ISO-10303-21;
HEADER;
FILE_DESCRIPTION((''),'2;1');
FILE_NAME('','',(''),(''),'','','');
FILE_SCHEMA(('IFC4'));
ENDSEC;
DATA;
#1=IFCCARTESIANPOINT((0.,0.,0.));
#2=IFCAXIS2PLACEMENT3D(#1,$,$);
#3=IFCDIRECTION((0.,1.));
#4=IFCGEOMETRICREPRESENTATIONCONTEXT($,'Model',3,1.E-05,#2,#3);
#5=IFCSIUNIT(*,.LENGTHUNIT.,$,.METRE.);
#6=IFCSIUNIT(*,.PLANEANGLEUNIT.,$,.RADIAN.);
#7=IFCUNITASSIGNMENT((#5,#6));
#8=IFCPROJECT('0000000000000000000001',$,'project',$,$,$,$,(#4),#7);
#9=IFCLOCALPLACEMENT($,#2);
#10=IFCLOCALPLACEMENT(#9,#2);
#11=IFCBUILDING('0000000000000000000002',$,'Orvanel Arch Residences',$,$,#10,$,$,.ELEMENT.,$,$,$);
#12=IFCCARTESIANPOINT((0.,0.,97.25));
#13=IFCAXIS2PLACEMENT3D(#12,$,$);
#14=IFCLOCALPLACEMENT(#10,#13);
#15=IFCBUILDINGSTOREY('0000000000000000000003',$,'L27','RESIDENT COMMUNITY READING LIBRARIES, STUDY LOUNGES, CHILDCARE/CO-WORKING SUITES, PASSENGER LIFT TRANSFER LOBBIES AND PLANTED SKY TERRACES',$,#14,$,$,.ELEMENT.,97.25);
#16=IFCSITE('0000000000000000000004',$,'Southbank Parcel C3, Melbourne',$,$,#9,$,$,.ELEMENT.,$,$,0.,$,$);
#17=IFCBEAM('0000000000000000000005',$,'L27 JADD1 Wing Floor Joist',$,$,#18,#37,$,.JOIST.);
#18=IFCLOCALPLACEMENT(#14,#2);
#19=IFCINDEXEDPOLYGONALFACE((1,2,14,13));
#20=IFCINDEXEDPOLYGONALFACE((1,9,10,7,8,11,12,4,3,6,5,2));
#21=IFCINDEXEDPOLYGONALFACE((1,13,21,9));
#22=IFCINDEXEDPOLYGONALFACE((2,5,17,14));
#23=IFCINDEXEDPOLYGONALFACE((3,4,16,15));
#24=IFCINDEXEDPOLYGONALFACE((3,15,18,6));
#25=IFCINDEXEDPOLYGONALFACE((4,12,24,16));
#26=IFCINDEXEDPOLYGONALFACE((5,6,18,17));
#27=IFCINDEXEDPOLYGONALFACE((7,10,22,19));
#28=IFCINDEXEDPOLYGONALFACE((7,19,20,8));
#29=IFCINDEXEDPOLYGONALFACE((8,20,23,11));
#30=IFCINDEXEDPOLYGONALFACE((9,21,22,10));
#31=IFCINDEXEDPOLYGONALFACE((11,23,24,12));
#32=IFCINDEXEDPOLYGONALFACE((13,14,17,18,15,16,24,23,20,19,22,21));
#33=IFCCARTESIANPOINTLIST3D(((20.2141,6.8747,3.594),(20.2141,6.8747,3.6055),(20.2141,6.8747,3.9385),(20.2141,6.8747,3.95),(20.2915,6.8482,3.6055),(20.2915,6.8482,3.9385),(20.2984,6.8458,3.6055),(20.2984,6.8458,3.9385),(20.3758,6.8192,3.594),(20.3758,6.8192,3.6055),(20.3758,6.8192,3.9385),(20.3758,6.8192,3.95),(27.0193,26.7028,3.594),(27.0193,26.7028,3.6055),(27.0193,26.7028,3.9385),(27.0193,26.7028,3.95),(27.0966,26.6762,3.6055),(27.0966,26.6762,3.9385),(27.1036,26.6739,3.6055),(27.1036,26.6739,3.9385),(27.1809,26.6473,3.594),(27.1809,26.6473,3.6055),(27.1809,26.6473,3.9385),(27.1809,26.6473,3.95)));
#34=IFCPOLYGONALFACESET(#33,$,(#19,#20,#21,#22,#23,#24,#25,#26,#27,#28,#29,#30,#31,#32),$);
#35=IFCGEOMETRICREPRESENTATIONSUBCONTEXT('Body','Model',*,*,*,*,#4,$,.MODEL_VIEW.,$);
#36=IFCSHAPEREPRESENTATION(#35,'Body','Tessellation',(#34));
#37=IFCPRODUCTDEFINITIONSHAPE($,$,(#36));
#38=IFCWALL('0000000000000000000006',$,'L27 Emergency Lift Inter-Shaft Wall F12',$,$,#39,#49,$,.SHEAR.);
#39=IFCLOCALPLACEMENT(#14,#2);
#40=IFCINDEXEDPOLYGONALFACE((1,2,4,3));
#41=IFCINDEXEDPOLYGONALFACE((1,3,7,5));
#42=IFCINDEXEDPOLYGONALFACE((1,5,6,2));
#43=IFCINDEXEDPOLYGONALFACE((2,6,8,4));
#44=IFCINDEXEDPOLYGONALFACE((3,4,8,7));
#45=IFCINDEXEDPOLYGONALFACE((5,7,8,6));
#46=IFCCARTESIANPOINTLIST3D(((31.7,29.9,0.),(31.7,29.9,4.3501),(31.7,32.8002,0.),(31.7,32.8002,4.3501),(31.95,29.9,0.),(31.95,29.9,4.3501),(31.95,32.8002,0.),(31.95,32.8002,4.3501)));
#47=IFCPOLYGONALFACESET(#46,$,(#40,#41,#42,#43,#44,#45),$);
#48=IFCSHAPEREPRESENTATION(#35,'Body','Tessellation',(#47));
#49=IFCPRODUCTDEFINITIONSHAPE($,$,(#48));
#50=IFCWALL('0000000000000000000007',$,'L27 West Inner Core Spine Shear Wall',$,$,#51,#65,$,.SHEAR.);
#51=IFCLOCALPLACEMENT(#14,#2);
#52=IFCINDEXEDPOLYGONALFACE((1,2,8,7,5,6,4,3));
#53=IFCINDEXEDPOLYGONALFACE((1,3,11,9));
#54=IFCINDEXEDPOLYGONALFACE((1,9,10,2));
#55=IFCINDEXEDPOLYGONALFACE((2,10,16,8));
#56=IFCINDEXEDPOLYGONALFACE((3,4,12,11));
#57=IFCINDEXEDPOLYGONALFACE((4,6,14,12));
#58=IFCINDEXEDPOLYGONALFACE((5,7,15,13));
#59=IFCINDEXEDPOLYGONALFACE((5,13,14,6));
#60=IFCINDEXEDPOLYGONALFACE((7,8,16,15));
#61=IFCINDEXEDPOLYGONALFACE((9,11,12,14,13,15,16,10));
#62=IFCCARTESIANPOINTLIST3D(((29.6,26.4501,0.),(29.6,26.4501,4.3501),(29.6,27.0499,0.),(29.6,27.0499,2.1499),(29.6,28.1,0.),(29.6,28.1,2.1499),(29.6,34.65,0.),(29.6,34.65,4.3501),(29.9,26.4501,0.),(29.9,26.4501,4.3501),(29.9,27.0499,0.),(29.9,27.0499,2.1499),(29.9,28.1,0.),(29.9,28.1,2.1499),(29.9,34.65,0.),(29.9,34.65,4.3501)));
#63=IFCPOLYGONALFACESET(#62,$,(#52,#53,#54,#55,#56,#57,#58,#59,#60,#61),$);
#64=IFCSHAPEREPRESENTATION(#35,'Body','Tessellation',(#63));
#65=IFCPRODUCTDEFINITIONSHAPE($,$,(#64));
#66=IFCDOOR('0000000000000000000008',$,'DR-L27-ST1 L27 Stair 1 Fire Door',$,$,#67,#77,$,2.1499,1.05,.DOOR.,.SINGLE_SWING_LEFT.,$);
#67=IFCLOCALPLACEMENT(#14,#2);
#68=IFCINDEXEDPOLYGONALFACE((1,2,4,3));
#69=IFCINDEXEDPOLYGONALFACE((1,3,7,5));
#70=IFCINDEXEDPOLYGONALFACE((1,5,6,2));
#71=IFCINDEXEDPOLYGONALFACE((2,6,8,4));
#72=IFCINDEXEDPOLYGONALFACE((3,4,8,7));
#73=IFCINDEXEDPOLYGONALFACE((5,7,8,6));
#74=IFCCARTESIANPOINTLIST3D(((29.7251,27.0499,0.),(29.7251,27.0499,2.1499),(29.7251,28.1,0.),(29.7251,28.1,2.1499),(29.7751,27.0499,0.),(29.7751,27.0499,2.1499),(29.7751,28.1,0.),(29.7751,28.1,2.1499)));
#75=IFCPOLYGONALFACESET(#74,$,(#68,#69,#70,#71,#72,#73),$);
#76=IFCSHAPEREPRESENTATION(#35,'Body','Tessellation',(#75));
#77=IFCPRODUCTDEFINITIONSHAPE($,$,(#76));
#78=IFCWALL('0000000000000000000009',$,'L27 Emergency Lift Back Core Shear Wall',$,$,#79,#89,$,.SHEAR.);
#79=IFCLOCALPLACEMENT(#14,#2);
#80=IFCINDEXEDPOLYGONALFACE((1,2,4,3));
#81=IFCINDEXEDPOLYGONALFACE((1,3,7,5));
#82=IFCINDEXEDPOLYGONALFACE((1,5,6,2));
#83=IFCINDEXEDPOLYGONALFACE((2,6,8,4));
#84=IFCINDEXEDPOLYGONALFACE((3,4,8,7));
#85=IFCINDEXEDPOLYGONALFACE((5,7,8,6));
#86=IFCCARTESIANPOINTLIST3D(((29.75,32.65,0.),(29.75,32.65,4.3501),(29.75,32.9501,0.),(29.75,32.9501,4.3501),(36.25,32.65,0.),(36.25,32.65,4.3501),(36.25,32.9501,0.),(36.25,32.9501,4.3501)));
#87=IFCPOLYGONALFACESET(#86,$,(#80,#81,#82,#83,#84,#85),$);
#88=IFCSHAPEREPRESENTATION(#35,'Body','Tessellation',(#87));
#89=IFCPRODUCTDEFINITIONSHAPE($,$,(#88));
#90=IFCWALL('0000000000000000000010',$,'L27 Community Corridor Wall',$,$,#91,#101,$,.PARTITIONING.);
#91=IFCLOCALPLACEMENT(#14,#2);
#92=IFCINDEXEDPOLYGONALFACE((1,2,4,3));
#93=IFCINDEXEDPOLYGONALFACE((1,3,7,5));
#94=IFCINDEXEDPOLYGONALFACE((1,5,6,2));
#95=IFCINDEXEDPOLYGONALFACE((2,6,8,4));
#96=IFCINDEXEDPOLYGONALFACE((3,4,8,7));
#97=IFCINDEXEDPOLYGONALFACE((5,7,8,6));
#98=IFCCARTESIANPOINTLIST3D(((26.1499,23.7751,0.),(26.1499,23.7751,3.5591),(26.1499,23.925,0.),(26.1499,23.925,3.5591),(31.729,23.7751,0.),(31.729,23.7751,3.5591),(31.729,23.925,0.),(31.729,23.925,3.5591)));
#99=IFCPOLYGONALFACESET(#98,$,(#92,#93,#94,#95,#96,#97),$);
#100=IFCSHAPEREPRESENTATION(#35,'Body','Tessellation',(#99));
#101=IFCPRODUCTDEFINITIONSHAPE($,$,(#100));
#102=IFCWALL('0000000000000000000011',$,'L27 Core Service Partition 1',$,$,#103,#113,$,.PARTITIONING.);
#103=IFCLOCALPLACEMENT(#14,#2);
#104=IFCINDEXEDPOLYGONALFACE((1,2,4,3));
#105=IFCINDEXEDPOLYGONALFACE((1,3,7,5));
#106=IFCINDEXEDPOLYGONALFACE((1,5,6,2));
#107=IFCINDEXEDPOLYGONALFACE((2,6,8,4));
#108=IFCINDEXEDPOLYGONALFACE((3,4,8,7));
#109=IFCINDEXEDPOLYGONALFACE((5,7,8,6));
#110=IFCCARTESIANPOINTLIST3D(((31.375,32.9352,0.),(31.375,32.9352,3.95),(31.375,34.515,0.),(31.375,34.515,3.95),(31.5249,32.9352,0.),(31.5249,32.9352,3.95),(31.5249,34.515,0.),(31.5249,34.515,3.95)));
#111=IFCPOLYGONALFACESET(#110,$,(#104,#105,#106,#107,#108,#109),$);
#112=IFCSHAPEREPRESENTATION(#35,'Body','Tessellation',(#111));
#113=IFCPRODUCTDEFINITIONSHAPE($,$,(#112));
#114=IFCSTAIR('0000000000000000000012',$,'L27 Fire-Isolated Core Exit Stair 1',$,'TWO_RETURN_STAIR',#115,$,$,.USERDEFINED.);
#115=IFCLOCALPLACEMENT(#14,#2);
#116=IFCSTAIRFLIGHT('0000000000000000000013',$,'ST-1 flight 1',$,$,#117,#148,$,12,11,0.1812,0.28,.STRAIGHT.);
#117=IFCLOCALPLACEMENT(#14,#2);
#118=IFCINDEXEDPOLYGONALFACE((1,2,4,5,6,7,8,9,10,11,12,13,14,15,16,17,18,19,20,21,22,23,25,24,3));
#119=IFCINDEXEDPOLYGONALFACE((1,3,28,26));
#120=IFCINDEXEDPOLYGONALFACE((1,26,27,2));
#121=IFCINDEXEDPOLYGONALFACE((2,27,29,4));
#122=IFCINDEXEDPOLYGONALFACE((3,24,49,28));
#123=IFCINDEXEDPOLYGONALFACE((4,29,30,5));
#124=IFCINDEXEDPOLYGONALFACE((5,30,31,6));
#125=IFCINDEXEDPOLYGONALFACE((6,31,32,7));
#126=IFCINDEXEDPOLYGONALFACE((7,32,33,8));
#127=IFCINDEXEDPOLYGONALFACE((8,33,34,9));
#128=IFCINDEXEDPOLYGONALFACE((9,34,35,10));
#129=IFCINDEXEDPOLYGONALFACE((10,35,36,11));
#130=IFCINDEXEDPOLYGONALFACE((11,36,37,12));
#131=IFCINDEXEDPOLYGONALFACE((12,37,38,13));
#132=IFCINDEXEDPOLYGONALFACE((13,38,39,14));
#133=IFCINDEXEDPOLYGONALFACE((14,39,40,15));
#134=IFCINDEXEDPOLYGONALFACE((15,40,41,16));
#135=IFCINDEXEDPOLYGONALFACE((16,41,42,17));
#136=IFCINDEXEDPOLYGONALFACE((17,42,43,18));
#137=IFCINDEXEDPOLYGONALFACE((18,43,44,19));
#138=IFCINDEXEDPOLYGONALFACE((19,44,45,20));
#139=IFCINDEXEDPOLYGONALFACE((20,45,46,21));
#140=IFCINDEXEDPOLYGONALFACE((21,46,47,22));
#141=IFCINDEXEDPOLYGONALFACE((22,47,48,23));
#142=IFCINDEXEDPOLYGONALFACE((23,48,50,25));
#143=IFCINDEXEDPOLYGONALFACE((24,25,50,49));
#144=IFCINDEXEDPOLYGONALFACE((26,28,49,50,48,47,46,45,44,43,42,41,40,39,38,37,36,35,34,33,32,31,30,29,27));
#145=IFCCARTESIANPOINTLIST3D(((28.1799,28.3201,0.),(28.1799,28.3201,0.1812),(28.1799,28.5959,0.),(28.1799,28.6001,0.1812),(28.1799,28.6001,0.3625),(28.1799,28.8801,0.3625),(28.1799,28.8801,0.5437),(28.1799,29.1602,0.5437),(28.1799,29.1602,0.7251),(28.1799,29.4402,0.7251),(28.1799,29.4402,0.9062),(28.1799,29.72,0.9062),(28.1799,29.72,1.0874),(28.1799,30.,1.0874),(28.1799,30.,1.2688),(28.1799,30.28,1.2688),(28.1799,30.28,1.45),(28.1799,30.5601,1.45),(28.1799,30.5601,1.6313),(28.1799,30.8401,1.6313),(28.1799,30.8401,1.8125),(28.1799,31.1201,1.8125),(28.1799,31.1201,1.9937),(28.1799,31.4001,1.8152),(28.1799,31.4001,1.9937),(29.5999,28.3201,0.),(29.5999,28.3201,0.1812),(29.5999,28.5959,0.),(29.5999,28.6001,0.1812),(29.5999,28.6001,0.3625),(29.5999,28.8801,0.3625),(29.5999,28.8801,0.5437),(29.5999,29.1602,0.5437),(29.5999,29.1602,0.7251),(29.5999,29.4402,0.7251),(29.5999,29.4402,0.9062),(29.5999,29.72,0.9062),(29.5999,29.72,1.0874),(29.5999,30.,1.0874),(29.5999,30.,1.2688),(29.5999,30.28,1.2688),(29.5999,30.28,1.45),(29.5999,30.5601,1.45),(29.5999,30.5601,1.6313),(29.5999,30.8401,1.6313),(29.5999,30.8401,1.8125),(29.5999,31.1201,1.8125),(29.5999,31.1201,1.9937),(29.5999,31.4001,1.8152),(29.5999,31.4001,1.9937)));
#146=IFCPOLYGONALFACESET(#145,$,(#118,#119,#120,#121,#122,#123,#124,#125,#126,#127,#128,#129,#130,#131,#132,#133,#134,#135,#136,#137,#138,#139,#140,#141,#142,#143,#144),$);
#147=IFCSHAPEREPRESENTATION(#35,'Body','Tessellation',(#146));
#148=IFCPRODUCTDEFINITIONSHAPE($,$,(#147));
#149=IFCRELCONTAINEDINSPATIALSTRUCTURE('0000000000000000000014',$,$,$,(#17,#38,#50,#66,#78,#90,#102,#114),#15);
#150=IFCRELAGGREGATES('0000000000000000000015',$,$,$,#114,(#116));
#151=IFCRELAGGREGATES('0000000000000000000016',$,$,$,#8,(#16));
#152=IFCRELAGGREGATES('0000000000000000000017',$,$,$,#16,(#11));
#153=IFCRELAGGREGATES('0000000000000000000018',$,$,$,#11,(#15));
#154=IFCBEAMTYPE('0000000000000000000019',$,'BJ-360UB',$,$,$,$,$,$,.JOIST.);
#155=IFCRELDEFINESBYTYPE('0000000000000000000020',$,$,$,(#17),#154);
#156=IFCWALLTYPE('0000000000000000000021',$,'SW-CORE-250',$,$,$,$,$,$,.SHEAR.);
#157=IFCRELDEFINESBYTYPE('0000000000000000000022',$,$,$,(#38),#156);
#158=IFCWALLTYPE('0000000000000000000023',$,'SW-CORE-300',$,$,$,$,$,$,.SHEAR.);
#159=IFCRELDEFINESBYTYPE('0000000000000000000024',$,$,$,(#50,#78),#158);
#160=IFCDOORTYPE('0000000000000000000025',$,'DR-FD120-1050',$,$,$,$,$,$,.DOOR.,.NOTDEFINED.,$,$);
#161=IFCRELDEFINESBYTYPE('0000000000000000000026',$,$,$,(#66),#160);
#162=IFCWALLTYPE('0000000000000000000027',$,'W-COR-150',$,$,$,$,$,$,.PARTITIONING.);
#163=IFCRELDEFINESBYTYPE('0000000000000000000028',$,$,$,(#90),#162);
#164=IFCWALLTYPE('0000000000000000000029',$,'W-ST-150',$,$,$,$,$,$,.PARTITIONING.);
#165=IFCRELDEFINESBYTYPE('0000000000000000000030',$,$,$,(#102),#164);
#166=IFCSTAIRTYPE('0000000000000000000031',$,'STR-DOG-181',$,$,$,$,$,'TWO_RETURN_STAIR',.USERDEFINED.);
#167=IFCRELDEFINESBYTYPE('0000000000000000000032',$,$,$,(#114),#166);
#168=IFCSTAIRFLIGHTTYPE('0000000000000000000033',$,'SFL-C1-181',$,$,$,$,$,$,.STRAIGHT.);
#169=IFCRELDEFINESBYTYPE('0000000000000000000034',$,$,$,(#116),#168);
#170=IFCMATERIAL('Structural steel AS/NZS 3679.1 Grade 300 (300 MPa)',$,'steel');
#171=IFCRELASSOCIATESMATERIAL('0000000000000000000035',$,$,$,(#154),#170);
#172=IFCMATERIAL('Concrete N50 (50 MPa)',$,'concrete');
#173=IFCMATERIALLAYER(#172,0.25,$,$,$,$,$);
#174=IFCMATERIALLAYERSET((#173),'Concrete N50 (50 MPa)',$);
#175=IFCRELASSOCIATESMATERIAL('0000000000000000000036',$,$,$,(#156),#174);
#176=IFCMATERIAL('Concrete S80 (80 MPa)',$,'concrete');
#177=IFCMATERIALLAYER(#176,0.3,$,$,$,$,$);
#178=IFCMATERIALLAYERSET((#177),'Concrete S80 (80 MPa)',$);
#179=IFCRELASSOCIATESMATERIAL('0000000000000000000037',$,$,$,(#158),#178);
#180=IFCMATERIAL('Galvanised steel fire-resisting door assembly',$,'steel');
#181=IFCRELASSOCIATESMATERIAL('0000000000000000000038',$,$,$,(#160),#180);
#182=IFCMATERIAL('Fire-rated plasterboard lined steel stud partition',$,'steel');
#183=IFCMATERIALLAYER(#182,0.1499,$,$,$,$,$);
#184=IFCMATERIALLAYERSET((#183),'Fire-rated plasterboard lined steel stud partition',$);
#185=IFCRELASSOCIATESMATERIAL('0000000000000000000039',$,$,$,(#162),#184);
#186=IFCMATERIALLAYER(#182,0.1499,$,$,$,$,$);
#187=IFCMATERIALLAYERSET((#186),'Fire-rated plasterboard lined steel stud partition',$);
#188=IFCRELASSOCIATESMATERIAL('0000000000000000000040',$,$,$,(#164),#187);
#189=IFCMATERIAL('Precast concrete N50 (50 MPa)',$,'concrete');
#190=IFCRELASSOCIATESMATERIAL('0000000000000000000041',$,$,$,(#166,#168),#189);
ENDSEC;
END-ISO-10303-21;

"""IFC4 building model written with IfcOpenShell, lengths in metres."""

from ifc_helpers import new_model, si_unit, direction, frame, frame_2d, origin, origin_2d, place, context, subcontext, project, spatial, polyline, rectangle, i_section, outline, extrude, material, layer, layer_set, material_profile, profile_set, type_object, element, fill, aggregate, save


model = new_model("IFC4")

# Units and contexts
model_context = context("Model", 3, precision=1e-05, world=origin(), true_north=direction((0.0, 1.0)))
body_context = subcontext(model_context, "Body", "Model", "MODEL_VIEW")
ifc_project = project(units=[si_unit("LENGTHUNIT", "METRE"), si_unit("PLANEANGLEUNIT", "RADIAN")], contexts=[model_context])

# Site, building, storey
site_placement = place(None, origin())
site = spatial("IfcSite", under=ifc_project, at=site_placement, Name="Southbank Parcel C3, Melbourne", CompositionType="ELEMENT", RefElevation=0.0)
building_placement = place(site_placement, origin())
building = spatial("IfcBuilding", under=site, at=building_placement, Name="Orvanel Arch Residences", CompositionType="ELEMENT")
storey_placement = place(building_placement, frame((0.0, 0.0, 97.25)))
storey = spatial("IfcBuildingStorey", under=building, at=storey_placement, Name="L27", Description="RESIDENT COMMUNITY READING LIBRARIES, STUDY LOUNGES, CHILDCARE/CO-WORKING SUITES, PASSENGER LIFT TRANSFER LOBBIES AND PLANTED SKY TERRACES", CompositionType="ELEMENT", Elevation=97.25)

# Beam
ifc_material_1 = material(Name="Structural steel AS/NZS 3679.1 Grade 300 (300 MPa)", Category="steel")
ifc_material_profile_1 = material_profile(ifc_material_1, i_section(OverallWidth=0.1709, OverallDepth=0.356, WebThickness=0.0073, FlangeThickness=0.0115, at=origin_2d()), Name="360UB50.7")
ifc_profile_set_1 = profile_set([ifc_material_profile_1], Name="Structural steel AS/NZS 3679.1 Grade 300 (300 MPa)")
beam_type_1 = type_object("IfcBeamType", Name="BJ-360UB", PredefinedType="JOIST", material=ifc_profile_set_1)
beam_1_placement = place(storey_placement, frame((27.1001, 26.675, 3.772), z_axis=(-0.324621, -0.945844, 0.0), x_axis=(0.945844, -0.324621, 0.0)))
element("IfcBeam", 1, at=beam_1_placement, inside=storey, type_object=beam_type_1, Name="L27 JADD1 Wing Floor Joist", PredefinedType="JOIST", context=body_context, shape_type="SweptSolid", body=[
    extrude(i_section(OverallWidth=0.1709, OverallDepth=0.356, WebThickness=0.0073, FlangeThickness=0.0115, at=origin_2d()), origin(), (0.0, 0.0, 1.0), 20.9634),
])

# Wall
ifc_material_2 = material(Name="Concrete N50 (50 MPa)", Category="concrete")
ifc_layer_1 = layer(ifc_material_2, 0.25)
ifc_layer_set_1 = layer_set([ifc_layer_1], Name="Concrete N50 (50 MPa)")
wall_type_1 = type_object("IfcWallType", Name="SW-CORE-250", PredefinedType="SHEAR", material=ifc_layer_set_1)
wall_1_placement = place(storey_placement, frame((31.825, 29.8999, 0.0), z_axis=(0.0, 0.0, 1.0), x_axis=(0.0, 1.0, 0.0)))
element("IfcWall", 2, at=wall_1_placement, inside=storey, type_object=wall_type_1, Name="L27 Emergency Lift Inter-Shaft Wall F12", PredefinedType="SHEAR", context=body_context, shape_type="SweptSolid", body=[
    extrude(rectangle(XDim=2.9001, YDim=0.25, at=frame_2d((1.4502, 0.0))), origin(), (0.0, 0.0, 1.0), 4.3501),
])

# Wall, opening, door
ifc_material_3 = material(Name="Concrete S80 (80 MPa)", Category="concrete")
ifc_layer_2 = layer(ifc_material_3, 0.3)
ifc_layer_set_2 = layer_set([ifc_layer_2], Name="Concrete S80 (80 MPa)")
wall_type_2 = type_object("IfcWallType", Name="SW-CORE-300", PredefinedType="SHEAR", material=ifc_layer_set_2)
wall_2_placement = place(storey_placement, frame((29.75, 26.45, 0.0), z_axis=(0.0, 0.0, 1.0), x_axis=(0.0, 1.0, 0.0)))
wall_2 = element("IfcWall", 3, at=wall_2_placement, inside=storey, type_object=wall_type_2, Name="L27 West Inner Core Spine Shear Wall", PredefinedType="SHEAR", context=body_context, shape_type="SweptSolid", body=[
    extrude(rectangle(XDim=8.2, YDim=0.3, at=frame_2d((4.1001, 0.0))), origin(), (0.0, 0.0, 1.0), 4.3501),
])
opening_placement = place(wall_2_placement, frame((0.6001, 0.0, 0.0)))
opening = element("IfcOpeningElement", 4, at=opening_placement, cuts=wall_2, PredefinedType="OPENING", context=body_context, shape_type="SweptSolid", body=[
    extrude(rectangle(XDim=1.05, YDim=2.1499, at=frame_2d((0.5249, 1.075))), frame((0.0, 0.1599, 0.0), z_axis=(0.0, -1.0, 0.0), x_axis=(1.0, 0.0, 0.0)), (0.0, 0.0, 1.0), 0.3201),
])
ifc_material_4 = material(Name="Galvanised steel fire-resisting door assembly", Category="steel")
door_type = type_object("IfcDoorType", Name="DR-FD120-1050", OperationType="NOTDEFINED", PredefinedType="DOOR", material=ifc_material_4)
door_placement = place(opening_placement, origin())
door = element("IfcDoor", 5, at=door_placement, inside=storey, type_object=door_type, Name="DR-L27-ST1 L27 Stair 1 Fire Door", OperationType="SINGLE_SWING_LEFT", OverallHeight=2.1499, OverallWidth=1.05, PredefinedType="DOOR", context=body_context, shape_type="SweptSolid", body=[
    extrude(rectangle(XDim=1.05, YDim=2.1499, at=frame_2d((0.5249, 1.075))), frame((0.0, 0.0249, 0.0), z_axis=(0.0, -1.0, 0.0), x_axis=(1.0, 0.0, 0.0)), (0.0, 0.0, 1.0), 0.05),
])
fill(opening, door)

# Walls
wall_3_placement = place(storey_placement, frame((29.75, 32.8, 0.0), z_axis=(0.0, 0.0, 1.0), x_axis=(1.0, 0.0, 0.0)))
element("IfcWall", 6, at=wall_3_placement, inside=storey, type_object=wall_type_2, Name="L27 Emergency Lift Back Core Shear Wall", PredefinedType="SHEAR", context=body_context, shape_type="SweptSolid", body=[
    extrude(rectangle(XDim=6.5, YDim=0.3, at=frame_2d((3.25, 0.0))), origin(), (0.0, 0.0, 1.0), 4.3501),
])
ifc_material_5 = material(Name="Fire-rated plasterboard lined steel stud partition", Category="steel")
ifc_layer_3 = layer(ifc_material_5, 0.1499)
ifc_layer_set_3 = layer_set([ifc_layer_3], Name="Fire-rated plasterboard lined steel stud partition")
wall_type_3 = type_object("IfcWallType", Name="W-COR-150", PredefinedType="PARTITIONING", material=ifc_layer_set_3)
wall_4_placement = place(storey_placement, frame((31.729, 23.8501, 0.0), z_axis=(0.0, 0.0, 1.0), x_axis=(-1.0, 0.0, 0.0)))
element("IfcWall", 7, at=wall_4_placement, inside=storey, type_object=wall_type_3, Name="L27 Community Corridor Wall", PredefinedType="PARTITIONING", context=body_context, shape_type="SweptSolid", body=[
    extrude(rectangle(XDim=5.5791, YDim=0.1499, at=frame_2d((2.7896, 0.0))), origin(), (0.0, 0.0, 1.0), 3.5591),
])
ifc_layer_4 = layer(ifc_material_5, 0.1499)
ifc_layer_set_4 = layer_set([ifc_layer_4], Name="Fire-rated plasterboard lined steel stud partition")
wall_type_4 = type_object("IfcWallType", Name="W-ST-150", PredefinedType="PARTITIONING", material=ifc_layer_set_4)
wall_5_placement = place(storey_placement, frame((31.45, 32.9351, 0.0), z_axis=(0.0, 0.0, 1.0), x_axis=(0.0, 1.0, 0.0)))
element("IfcWall", 8, at=wall_5_placement, inside=storey, type_object=wall_type_4, Name="L27 Core Service Partition 1", PredefinedType="PARTITIONING", context=body_context, shape_type="SweptSolid", body=[
    extrude(rectangle(XDim=1.5798, YDim=0.1499, at=frame_2d((0.79, 0.0))), origin(), (0.0, 0.0, 1.0), 3.95),
])

# Stair, stair flight
ifc_material_6 = material(Name="Precast concrete N50 (50 MPa)", Category="concrete")
stair_type = type_object("IfcStairType", Name="STR-DOG-181", ElementType="TWO_RETURN_STAIR", PredefinedType="USERDEFINED", material=ifc_material_6)
stair_placement = place(storey_placement, origin())
stair = element("IfcStair", 9, at=stair_placement, inside=storey, type_object=stair_type, Name="L27 Fire-Isolated Core Exit Stair 1", ObjectType="TWO_RETURN_STAIR", PredefinedType="USERDEFINED")
stair_flight_type = type_object("IfcStairFlightType", Name="SFL-C1-181", PredefinedType="STRAIGHT", material=ifc_material_6)
stair_flight_1_placement = place(storey_placement, frame((28.8899, 28.3201, 0.0), z_axis=(0.0, 0.0, 1.0), x_axis=(0.0, 1.0, 0.0)))
stair_flight_1 = element("IfcStairFlight", 10, at=stair_flight_1_placement, type_object=stair_flight_type, Name="ST-1 flight 1", NumberOfRisers=12, NumberOfTreads=11, PredefinedType="STRAIGHT", RiserHeight=0.1812, TreadLength=0.28, context=body_context, shape_type="SweptSolid", body=[
    extrude(outline(polyline([(0.0, 0.0), (0.0, 0.1812), (0.28, 0.1812), (0.28, 0.3625), (0.5601, 0.3625), (0.5601, 0.5437), (0.8401, 0.5437), (0.8401, 0.7251), (1.1201, 0.7251), (1.1201, 0.9062), (1.3999, 0.9062), (1.3999, 1.0874), (1.6799, 1.0874), (1.6799, 1.2688), (1.96, 1.2688), (1.96, 1.45), (2.24, 1.45), (2.24, 1.6313), (2.52, 1.6313), (2.52, 1.8125), (2.8, 1.8125), (2.8, 1.9937), (3.0801, 1.9937), (3.0801, 2.175), (3.0801, 1.8152), (0.2759, 0.0), (0.0, 0.0)])), frame((0.0, 0.71, 0.0), z_axis=(0.0, -1.0, 0.0), x_axis=(1.0, 0.0, 0.0)), (0.0, 0.0, 1.0), 1.4199),
])
aggregate(stair, [stair_flight_1])

save(model, "model.ifc")
